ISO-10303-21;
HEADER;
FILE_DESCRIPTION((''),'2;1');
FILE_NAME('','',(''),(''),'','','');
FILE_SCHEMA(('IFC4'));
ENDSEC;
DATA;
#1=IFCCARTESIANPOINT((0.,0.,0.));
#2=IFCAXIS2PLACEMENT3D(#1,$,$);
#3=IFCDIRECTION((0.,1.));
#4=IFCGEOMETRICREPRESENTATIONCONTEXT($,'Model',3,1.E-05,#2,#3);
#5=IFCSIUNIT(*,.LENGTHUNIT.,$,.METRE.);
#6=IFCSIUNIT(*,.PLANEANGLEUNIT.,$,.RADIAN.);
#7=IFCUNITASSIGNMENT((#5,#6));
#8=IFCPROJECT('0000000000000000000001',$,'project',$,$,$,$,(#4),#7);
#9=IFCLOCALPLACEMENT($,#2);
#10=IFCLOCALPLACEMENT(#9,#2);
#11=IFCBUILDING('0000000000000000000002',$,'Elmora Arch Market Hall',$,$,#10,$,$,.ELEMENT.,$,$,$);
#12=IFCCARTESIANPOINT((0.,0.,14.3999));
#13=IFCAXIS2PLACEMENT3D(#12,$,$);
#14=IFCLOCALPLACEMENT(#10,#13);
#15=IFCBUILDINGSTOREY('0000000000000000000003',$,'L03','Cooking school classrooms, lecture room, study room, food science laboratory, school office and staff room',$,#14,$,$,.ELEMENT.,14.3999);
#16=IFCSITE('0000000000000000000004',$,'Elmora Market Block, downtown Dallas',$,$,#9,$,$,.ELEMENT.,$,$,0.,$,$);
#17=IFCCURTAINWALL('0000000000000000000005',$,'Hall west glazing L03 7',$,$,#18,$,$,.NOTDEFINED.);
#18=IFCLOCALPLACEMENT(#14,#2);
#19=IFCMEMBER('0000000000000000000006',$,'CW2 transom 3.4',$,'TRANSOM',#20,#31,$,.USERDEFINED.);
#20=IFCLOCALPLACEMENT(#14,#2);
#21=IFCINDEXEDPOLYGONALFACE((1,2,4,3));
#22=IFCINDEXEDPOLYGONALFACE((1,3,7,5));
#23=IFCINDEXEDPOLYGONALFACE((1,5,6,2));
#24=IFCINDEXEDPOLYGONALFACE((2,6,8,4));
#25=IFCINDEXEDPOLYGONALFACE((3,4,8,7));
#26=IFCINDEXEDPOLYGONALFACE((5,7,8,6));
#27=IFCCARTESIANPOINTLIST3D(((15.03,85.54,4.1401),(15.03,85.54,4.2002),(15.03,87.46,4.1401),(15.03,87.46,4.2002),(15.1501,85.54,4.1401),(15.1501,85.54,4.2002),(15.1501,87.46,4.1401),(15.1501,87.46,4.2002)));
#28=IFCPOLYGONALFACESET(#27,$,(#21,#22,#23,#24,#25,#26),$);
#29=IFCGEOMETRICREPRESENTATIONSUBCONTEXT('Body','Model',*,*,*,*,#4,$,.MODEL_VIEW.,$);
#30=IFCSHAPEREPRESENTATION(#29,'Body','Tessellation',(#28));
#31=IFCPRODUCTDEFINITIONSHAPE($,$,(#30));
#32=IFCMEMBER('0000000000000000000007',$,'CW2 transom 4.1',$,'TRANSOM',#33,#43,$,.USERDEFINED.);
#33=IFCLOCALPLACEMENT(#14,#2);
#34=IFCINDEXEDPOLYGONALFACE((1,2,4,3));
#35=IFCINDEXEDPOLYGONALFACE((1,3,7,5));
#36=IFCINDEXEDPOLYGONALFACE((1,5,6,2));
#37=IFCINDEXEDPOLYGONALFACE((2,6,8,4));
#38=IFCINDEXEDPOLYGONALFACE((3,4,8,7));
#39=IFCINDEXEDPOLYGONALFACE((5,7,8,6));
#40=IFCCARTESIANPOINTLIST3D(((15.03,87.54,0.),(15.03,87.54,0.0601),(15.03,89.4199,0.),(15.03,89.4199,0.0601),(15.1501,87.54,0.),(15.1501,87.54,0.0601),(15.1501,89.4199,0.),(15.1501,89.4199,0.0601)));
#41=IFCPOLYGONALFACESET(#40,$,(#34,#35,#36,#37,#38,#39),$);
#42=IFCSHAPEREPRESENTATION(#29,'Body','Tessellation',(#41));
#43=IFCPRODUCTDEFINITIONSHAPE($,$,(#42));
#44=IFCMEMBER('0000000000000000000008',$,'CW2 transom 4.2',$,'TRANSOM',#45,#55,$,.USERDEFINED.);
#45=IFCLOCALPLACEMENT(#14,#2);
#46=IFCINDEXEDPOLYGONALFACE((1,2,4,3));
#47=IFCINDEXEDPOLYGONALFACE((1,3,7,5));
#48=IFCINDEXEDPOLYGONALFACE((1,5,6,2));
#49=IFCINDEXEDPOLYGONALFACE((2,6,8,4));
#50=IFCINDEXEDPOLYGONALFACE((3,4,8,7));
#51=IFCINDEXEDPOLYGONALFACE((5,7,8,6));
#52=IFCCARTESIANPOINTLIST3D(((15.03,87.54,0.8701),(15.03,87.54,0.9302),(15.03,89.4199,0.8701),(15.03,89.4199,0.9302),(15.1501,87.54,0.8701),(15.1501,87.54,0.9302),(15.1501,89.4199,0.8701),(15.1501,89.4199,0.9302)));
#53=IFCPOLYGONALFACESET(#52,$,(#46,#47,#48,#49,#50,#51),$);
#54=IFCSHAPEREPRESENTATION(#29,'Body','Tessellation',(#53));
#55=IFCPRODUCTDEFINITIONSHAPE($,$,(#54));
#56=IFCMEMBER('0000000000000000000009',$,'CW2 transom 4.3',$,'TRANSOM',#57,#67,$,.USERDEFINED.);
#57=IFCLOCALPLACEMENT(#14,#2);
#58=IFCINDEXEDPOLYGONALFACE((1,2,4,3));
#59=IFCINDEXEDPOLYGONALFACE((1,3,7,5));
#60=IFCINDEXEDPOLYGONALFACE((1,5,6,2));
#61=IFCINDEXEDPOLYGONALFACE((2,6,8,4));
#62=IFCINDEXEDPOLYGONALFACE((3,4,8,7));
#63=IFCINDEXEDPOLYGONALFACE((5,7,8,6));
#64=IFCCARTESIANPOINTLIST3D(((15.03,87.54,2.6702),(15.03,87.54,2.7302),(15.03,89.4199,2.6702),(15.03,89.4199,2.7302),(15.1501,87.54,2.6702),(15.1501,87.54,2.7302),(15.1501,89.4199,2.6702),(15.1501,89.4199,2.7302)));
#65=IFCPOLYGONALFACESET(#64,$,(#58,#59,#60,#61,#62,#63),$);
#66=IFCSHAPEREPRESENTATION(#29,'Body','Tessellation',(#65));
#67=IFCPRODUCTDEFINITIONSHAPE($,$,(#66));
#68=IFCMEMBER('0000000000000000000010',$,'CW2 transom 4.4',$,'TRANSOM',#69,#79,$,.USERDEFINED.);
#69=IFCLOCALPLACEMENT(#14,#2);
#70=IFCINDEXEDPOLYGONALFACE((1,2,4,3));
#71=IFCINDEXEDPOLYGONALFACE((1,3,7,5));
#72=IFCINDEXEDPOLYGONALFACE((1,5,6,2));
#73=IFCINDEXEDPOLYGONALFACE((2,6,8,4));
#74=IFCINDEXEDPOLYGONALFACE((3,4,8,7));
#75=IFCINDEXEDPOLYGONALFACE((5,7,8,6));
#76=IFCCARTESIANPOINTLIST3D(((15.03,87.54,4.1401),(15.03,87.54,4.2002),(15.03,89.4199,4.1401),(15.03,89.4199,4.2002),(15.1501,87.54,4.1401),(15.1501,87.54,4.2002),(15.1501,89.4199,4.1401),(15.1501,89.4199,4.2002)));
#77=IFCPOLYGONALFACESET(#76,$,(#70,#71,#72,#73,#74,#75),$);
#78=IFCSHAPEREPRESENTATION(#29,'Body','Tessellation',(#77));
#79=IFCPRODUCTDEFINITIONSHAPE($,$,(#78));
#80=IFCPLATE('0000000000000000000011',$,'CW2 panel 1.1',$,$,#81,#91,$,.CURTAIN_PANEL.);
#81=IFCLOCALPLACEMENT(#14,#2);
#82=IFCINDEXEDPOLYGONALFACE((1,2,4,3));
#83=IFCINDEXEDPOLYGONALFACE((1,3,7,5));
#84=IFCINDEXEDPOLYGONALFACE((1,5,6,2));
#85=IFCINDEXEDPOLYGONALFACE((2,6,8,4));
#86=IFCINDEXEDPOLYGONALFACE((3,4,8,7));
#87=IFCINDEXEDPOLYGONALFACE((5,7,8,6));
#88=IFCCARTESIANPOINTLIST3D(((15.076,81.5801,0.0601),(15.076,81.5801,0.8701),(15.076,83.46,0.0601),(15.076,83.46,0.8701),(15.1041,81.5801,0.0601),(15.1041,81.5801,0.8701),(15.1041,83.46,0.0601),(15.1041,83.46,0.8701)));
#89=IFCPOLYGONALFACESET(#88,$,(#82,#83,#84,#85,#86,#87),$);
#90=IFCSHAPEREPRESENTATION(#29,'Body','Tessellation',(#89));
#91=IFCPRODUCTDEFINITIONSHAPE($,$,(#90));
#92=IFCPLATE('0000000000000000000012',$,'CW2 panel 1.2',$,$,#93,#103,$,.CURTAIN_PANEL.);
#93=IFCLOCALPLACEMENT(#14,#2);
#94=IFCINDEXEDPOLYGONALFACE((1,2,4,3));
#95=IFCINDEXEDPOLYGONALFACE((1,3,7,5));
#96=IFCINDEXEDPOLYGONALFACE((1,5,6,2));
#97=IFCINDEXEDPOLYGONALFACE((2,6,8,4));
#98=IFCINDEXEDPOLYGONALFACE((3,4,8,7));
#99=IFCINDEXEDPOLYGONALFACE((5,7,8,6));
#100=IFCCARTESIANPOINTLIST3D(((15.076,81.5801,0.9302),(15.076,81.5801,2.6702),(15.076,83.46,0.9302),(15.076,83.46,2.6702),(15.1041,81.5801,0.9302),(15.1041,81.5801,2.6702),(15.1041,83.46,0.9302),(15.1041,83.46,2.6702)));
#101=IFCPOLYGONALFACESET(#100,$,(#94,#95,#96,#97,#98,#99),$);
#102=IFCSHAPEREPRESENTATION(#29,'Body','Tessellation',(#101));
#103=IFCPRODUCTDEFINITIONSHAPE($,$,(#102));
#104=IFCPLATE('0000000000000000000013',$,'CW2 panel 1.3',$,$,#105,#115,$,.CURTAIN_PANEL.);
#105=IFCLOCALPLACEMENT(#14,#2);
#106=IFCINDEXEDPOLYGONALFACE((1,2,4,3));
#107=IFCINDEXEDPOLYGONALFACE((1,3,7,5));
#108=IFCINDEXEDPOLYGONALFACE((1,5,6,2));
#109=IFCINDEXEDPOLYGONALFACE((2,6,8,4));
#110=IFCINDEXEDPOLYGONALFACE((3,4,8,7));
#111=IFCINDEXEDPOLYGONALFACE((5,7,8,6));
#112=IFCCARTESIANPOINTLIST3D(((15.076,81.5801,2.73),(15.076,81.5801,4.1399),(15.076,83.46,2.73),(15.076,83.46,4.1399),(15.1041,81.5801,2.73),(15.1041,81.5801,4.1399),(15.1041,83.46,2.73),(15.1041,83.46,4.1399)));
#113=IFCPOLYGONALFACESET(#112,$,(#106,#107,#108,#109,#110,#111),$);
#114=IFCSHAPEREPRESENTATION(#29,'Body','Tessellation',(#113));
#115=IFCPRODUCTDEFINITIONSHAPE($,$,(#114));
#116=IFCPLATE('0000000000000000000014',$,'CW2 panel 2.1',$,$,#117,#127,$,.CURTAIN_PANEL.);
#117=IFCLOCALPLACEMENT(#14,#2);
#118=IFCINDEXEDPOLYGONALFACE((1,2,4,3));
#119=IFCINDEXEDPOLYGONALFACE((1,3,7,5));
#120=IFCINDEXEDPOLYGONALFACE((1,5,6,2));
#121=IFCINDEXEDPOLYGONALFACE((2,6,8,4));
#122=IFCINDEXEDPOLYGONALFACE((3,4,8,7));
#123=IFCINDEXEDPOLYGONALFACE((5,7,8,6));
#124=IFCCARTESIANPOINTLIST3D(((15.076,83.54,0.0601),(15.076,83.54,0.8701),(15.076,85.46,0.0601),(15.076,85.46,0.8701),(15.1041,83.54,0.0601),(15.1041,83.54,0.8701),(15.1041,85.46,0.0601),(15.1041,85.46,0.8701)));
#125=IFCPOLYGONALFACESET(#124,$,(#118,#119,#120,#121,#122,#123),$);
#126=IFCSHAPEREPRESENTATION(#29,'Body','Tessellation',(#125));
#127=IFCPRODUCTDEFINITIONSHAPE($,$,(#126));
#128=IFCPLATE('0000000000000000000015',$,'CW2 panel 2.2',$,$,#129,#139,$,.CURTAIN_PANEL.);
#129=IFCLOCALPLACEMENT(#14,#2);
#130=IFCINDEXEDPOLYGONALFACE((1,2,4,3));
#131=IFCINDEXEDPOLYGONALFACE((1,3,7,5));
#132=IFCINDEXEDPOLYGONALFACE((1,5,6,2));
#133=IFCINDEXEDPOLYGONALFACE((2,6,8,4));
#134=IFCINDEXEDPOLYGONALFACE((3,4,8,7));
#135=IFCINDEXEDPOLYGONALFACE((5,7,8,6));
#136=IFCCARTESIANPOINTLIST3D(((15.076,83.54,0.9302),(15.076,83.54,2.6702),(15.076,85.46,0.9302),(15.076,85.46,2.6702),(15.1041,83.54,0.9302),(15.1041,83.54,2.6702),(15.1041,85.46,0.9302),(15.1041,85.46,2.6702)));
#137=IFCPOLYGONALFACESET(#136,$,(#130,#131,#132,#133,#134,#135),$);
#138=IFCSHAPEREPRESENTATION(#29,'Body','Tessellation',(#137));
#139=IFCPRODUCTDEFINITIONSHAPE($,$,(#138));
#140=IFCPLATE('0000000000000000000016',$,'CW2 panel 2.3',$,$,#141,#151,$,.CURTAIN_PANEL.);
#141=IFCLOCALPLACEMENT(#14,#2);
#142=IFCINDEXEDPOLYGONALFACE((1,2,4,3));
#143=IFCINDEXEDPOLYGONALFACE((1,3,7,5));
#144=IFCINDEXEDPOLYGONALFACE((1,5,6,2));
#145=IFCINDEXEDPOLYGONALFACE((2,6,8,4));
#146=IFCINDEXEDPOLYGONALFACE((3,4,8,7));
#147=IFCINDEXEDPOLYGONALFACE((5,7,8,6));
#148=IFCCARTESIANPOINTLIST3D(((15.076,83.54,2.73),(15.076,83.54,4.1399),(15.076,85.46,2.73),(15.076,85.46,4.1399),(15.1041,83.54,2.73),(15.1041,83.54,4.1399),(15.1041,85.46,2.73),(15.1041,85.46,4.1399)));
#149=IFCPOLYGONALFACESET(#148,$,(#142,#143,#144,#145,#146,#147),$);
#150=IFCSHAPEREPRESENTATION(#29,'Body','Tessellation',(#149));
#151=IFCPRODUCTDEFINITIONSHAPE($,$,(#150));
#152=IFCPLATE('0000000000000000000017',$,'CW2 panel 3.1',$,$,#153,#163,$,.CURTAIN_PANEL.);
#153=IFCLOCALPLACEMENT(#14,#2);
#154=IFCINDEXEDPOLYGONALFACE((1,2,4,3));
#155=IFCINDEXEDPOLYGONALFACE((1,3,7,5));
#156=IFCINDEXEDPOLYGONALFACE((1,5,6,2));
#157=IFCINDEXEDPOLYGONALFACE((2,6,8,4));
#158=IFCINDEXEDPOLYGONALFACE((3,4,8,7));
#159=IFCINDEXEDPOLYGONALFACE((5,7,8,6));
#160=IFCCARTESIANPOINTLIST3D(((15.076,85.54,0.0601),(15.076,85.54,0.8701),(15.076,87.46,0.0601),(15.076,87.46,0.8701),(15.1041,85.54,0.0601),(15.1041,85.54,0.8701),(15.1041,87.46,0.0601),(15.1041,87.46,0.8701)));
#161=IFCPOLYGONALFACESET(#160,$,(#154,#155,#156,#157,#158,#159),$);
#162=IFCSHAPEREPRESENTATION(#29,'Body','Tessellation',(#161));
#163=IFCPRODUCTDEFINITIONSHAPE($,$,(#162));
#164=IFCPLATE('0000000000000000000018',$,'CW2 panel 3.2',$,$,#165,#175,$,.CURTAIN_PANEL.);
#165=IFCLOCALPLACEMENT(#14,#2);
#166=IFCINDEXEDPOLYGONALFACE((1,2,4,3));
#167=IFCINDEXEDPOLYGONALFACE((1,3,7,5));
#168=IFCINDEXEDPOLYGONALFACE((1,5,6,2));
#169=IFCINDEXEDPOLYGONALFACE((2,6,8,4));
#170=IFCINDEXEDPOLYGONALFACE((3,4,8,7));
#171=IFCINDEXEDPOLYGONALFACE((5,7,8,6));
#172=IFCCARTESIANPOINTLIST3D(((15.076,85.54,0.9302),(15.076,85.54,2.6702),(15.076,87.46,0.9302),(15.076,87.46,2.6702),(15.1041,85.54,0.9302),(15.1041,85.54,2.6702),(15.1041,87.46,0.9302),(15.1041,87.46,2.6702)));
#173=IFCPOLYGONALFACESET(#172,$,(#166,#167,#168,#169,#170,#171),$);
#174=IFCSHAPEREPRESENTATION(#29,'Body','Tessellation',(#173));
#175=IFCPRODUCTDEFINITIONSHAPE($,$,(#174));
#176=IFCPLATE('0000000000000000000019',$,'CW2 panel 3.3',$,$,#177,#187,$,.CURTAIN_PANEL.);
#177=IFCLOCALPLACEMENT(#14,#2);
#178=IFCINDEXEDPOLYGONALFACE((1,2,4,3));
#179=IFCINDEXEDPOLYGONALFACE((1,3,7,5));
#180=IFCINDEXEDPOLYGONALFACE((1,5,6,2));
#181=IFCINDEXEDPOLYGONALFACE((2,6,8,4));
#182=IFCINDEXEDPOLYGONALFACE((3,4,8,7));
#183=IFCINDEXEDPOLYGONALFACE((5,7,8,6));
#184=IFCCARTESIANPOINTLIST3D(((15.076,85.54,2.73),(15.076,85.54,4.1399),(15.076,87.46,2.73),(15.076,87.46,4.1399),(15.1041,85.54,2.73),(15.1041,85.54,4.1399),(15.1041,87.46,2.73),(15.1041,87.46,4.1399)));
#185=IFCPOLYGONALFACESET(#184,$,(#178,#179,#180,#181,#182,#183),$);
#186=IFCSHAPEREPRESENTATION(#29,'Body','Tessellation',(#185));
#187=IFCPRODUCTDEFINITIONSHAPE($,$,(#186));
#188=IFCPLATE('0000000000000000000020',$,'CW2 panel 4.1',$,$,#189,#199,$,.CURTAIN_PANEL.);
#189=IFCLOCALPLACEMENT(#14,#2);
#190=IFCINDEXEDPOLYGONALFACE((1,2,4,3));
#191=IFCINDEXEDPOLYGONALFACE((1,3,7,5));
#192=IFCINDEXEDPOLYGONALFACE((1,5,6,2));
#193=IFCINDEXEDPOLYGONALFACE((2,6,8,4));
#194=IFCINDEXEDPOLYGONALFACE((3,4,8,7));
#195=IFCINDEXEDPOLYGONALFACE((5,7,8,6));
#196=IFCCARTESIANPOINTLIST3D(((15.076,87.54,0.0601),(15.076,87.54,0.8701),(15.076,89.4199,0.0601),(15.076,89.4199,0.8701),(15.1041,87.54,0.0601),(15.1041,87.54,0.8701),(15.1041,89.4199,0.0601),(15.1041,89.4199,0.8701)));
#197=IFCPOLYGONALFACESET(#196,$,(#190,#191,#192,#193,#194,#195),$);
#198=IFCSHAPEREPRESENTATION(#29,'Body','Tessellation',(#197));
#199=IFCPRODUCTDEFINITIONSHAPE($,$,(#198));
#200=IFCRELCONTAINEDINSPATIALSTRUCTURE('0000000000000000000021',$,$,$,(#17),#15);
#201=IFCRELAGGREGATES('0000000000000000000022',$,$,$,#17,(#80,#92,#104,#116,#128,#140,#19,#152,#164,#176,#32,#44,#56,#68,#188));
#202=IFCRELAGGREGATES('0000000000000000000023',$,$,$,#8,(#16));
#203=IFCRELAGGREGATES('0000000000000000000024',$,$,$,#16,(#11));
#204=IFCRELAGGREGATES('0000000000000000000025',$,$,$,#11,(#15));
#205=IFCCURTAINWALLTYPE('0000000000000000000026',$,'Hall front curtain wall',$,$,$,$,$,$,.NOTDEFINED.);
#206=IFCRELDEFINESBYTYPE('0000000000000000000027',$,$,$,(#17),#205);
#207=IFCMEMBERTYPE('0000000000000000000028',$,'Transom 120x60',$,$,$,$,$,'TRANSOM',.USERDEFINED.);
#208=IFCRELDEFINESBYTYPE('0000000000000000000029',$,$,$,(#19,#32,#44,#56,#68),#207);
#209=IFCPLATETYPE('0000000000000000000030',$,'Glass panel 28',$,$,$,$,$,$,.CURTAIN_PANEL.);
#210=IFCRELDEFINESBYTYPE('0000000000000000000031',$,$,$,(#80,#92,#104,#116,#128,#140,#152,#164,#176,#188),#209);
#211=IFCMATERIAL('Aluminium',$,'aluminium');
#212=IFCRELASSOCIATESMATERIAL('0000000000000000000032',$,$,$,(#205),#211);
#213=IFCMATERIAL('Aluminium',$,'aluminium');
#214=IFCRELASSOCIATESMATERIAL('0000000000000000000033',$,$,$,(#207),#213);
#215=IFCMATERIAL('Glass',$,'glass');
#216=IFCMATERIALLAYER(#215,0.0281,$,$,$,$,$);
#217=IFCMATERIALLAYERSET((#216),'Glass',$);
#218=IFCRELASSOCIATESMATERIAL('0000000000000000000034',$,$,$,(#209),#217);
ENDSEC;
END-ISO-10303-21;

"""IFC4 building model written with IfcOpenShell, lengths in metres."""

from ifc_helpers import new_model, si_unit, direction, frame, origin, origin_2d, place, context, subcontext, project, spatial, rectangle, extrude, material, layer, layer_set, material_profile, profile_set, type_object, element, aggregate, save


model = new_model("IFC4")

# Units and contexts
model_context = context("Model", 3, precision=1e-05, world=origin(), true_north=direction((0.0, 1.0)))
body_context = subcontext(model_context, "Body", "Model", "MODEL_VIEW")
ifc_project = project(units=[si_unit("LENGTHUNIT", "METRE"), si_unit("PLANEANGLEUNIT", "RADIAN")], contexts=[model_context])

# Site, building, storey
site_placement = place(None, origin())
site = spatial("IfcSite", under=ifc_project, at=site_placement, Name="Elmora Market Block, downtown Dallas", CompositionType="ELEMENT", RefElevation=0.0)
building_placement = place(site_placement, origin())
building = spatial("IfcBuilding", under=site, at=building_placement, Name="Elmora Arch Market Hall", CompositionType="ELEMENT")
storey_placement = place(building_placement, frame((0.0, 0.0, 14.3999)))
storey = spatial("IfcBuildingStorey", under=building, at=storey_placement, Name="L03", Description="Cooking school classrooms, lecture room, study room, food science laboratory, school office and staff room", CompositionType="ELEMENT", Elevation=14.3999)

# Curtain wall, members, plates
ifc_material_1 = material(Name="Aluminium", Category="aluminium")
curtain_wall_type = type_object("IfcCurtainWallType", Name="Hall front curtain wall", PredefinedType="NOTDEFINED", material=ifc_material_1)
curtain_wall_placement = place(storey_placement, origin())
curtain_wall = element("IfcCurtainWall", 1, at=curtain_wall_placement, inside=storey, type_object=curtain_wall_type, Name="Hall west glazing L03 7", PredefinedType="NOTDEFINED")
ifc_material_2 = material(Name="Aluminium", Category="aluminium")
ifc_material_profile_1 = material_profile(ifc_material_2, rectangle(XDim=0.1201, YDim=0.0601, at=origin_2d()), Name="AL 120x60")
ifc_profile_set_1 = profile_set([ifc_material_profile_1], Name="Aluminium")
member_type_1 = type_object("IfcMemberType", Name="Transom 120x60", ElementType="TRANSOM", PredefinedType="USERDEFINED", material=ifc_profile_set_1)
member_1_placement = place(storey_placement, frame((15.0901, 85.54, 4.1702), z_axis=(0.0, 1.0, 0.0), x_axis=(-1.0, 0.0, 0.0)))
member_1 = element("IfcMember", 2, at=member_1_placement, type_object=member_type_1, Name="CW2 transom 3.4", ObjectType="TRANSOM", PredefinedType="USERDEFINED", context=body_context, shape_type="SweptSolid", body=[
    extrude(rectangle(XDim=0.1201, YDim=0.0601, at=origin_2d()), origin(), (0.0, 0.0, 1.0), 1.9199),
])
member_2_placement = place(storey_placement, frame((15.0901, 87.54, 0.03), z_axis=(0.0, 1.0, 0.0), x_axis=(-1.0, 0.0, 0.0)))
member_2 = element("IfcMember", 3, at=member_2_placement, type_object=member_type_1, Name="CW2 transom 4.1", ObjectType="TRANSOM", PredefinedType="USERDEFINED", context=body_context, shape_type="SweptSolid", body=[
    extrude(rectangle(XDim=0.1201, YDim=0.0601, at=origin_2d()), origin(), (0.0, 0.0, 1.0), 1.8799),
])
member_3_placement = place(storey_placement, frame((15.0901, 87.54, 0.9001), z_axis=(0.0, 1.0, 0.0), x_axis=(-1.0, 0.0, 0.0)))
member_3 = element("IfcMember", 4, at=member_3_placement, type_object=member_type_1, Name="CW2 transom 4.2", ObjectType="TRANSOM", PredefinedType="USERDEFINED", context=body_context, shape_type="SweptSolid", body=[
    extrude(rectangle(XDim=0.1201, YDim=0.0601, at=origin_2d()), origin(), (0.0, 0.0, 1.0), 1.8799),
])
member_4_placement = place(storey_placement, frame((15.0901, 87.54, 2.7002), z_axis=(0.0, 1.0, 0.0), x_axis=(-1.0, 0.0, 0.0)))
member_4 = element("IfcMember", 5, at=member_4_placement, type_object=member_type_1, Name="CW2 transom 4.3", ObjectType="TRANSOM", PredefinedType="USERDEFINED", context=body_context, shape_type="SweptSolid", body=[
    extrude(rectangle(XDim=0.1201, YDim=0.0601, at=origin_2d()), origin(), (0.0, 0.0, 1.0), 1.8799),
])
member_5_placement = place(storey_placement, frame((15.0901, 87.54, 4.1702), z_axis=(0.0, 1.0, 0.0), x_axis=(-1.0, 0.0, 0.0)))
member_5 = element("IfcMember", 6, at=member_5_placement, type_object=member_type_1, Name="CW2 transom 4.4", ObjectType="TRANSOM", PredefinedType="USERDEFINED", context=body_context, shape_type="SweptSolid", body=[
    extrude(rectangle(XDim=0.1201, YDim=0.0601, at=origin_2d()), origin(), (0.0, 0.0, 1.0), 1.8799),
])
ifc_material_3 = material(Name="Glass", Category="glass")
ifc_layer = layer(ifc_material_3, 0.0281)
ifc_layer_set = layer_set([ifc_layer], Name="Glass")
plate_type = type_object("IfcPlateType", Name="Glass panel 28", PredefinedType="CURTAIN_PANEL", material=ifc_layer_set)
plate_1_placement = place(storey_placement, frame((15.0901, 82.52, 0.0601), z_axis=(0.0, 0.0, 1.0), x_axis=(0.0, 1.0, 0.0)))
plate_1 = element("IfcPlate", 7, at=plate_1_placement, type_object=plate_type, Name="CW2 panel 1.1", PredefinedType="CURTAIN_PANEL", context=body_context, shape_type="SweptSolid", body=[
    extrude(rectangle(XDim=1.8799, YDim=0.0281, at=origin_2d()), origin(), (0.0, 0.0, 1.0), 0.8101),
])
plate_2_placement = place(storey_placement, frame((15.0901, 82.52, 0.9302), z_axis=(0.0, 0.0, 1.0), x_axis=(0.0, 1.0, 0.0)))
plate_2 = element("IfcPlate", 8, at=plate_2_placement, type_object=plate_type, Name="CW2 panel 1.2", PredefinedType="CURTAIN_PANEL", context=body_context, shape_type="SweptSolid", body=[
    extrude(rectangle(XDim=1.8799, YDim=0.0281, at=origin_2d()), origin(), (0.0, 0.0, 1.0), 1.74),
])
plate_3_placement = place(storey_placement, frame((15.0901, 82.52, 2.73), z_axis=(0.0, 0.0, 1.0), x_axis=(0.0, 1.0, 0.0)))
plate_3 = element("IfcPlate", 9, at=plate_3_placement, type_object=plate_type, Name="CW2 panel 1.3", PredefinedType="CURTAIN_PANEL", context=body_context, shape_type="SweptSolid", body=[
    extrude(rectangle(XDim=1.8799, YDim=0.0281, at=origin_2d()), origin(), (0.0, 0.0, 1.0), 1.4099),
])
plate_4_placement = place(storey_placement, frame((15.0901, 84.5, 0.0601), z_axis=(0.0, 0.0, 1.0), x_axis=(0.0, 1.0, 0.0)))
plate_4 = element("IfcPlate", 10, at=plate_4_placement, type_object=plate_type, Name="CW2 panel 2.1", PredefinedType="CURTAIN_PANEL", context=body_context, shape_type="SweptSolid", body=[
    extrude(rectangle(XDim=1.9199, YDim=0.0281, at=origin_2d()), origin(), (0.0, 0.0, 1.0), 0.8101),
])
plate_5_placement = place(storey_placement, frame((15.0901, 84.5, 0.9302), z_axis=(0.0, 0.0, 1.0), x_axis=(0.0, 1.0, 0.0)))
plate_5 = element("IfcPlate", 11, at=plate_5_placement, type_object=plate_type, Name="CW2 panel 2.2", PredefinedType="CURTAIN_PANEL", context=body_context, shape_type="SweptSolid", body=[
    extrude(rectangle(XDim=1.9199, YDim=0.0281, at=origin_2d()), origin(), (0.0, 0.0, 1.0), 1.74),
])
plate_6_placement = place(storey_placement, frame((15.0901, 84.5, 2.73), z_axis=(0.0, 0.0, 1.0), x_axis=(0.0, 1.0, 0.0)))
plate_6 = element("IfcPlate", 12, at=plate_6_placement, type_object=plate_type, Name="CW2 panel 2.3", PredefinedType="CURTAIN_PANEL", context=body_context, shape_type="SweptSolid", body=[
    extrude(rectangle(XDim=1.9199, YDim=0.0281, at=origin_2d()), origin(), (0.0, 0.0, 1.0), 1.4099),
])
plate_7_placement = place(storey_placement, frame((15.0901, 86.5, 0.0601), z_axis=(0.0, 0.0, 1.0), x_axis=(0.0, 1.0, 0.0)))
plate_7 = element("IfcPlate", 13, at=plate_7_placement, type_object=plate_type, Name="CW2 panel 3.1", PredefinedType="CURTAIN_PANEL", context=body_context, shape_type="SweptSolid", body=[
    extrude(rectangle(XDim=1.9199, YDim=0.0281, at=origin_2d()), origin(), (0.0, 0.0, 1.0), 0.8101),
])
plate_8_placement = place(storey_placement, frame((15.0901, 86.5, 0.9302), z_axis=(0.0, 0.0, 1.0), x_axis=(0.0, 1.0, 0.0)))
plate_8 = element("IfcPlate", 14, at=plate_8_placement, type_object=plate_type, Name="CW2 panel 3.2", PredefinedType="CURTAIN_PANEL", context=body_context, shape_type="SweptSolid", body=[
    extrude(rectangle(XDim=1.9199, YDim=0.0281, at=origin_2d()), origin(), (0.0, 0.0, 1.0), 1.74),
])
plate_9_placement = place(storey_placement, frame((15.0901, 86.5, 2.73), z_axis=(0.0, 0.0, 1.0), x_axis=(0.0, 1.0, 0.0)))
plate_9 = element("IfcPlate", 15, at=plate_9_placement, type_object=plate_type, Name="CW2 panel 3.3", PredefinedType="CURTAIN_PANEL", context=body_context, shape_type="SweptSolid", body=[
    extrude(rectangle(XDim=1.9199, YDim=0.0281, at=origin_2d()), origin(), (0.0, 0.0, 1.0), 1.4099),
])
plate_10_placement = place(storey_placement, frame((15.0901, 88.48, 0.0601), z_axis=(0.0, 0.0, 1.0), x_axis=(0.0, 1.0, 0.0)))
plate_10 = element("IfcPlate", 16, at=plate_10_placement, type_object=plate_type, Name="CW2 panel 4.1", PredefinedType="CURTAIN_PANEL", context=body_context, shape_type="SweptSolid", body=[
    extrude(rectangle(XDim=1.8799, YDim=0.0281, at=origin_2d()), origin(), (0.0, 0.0, 1.0), 0.8101),
])
aggregate(curtain_wall, [plate_1, plate_2, plate_3, plate_4, plate_5, plate_6, member_1, plate_7, plate_8, plate_9, member_2, member_3, member_4, member_5, plate_10])

save(model, "model.ifc")
